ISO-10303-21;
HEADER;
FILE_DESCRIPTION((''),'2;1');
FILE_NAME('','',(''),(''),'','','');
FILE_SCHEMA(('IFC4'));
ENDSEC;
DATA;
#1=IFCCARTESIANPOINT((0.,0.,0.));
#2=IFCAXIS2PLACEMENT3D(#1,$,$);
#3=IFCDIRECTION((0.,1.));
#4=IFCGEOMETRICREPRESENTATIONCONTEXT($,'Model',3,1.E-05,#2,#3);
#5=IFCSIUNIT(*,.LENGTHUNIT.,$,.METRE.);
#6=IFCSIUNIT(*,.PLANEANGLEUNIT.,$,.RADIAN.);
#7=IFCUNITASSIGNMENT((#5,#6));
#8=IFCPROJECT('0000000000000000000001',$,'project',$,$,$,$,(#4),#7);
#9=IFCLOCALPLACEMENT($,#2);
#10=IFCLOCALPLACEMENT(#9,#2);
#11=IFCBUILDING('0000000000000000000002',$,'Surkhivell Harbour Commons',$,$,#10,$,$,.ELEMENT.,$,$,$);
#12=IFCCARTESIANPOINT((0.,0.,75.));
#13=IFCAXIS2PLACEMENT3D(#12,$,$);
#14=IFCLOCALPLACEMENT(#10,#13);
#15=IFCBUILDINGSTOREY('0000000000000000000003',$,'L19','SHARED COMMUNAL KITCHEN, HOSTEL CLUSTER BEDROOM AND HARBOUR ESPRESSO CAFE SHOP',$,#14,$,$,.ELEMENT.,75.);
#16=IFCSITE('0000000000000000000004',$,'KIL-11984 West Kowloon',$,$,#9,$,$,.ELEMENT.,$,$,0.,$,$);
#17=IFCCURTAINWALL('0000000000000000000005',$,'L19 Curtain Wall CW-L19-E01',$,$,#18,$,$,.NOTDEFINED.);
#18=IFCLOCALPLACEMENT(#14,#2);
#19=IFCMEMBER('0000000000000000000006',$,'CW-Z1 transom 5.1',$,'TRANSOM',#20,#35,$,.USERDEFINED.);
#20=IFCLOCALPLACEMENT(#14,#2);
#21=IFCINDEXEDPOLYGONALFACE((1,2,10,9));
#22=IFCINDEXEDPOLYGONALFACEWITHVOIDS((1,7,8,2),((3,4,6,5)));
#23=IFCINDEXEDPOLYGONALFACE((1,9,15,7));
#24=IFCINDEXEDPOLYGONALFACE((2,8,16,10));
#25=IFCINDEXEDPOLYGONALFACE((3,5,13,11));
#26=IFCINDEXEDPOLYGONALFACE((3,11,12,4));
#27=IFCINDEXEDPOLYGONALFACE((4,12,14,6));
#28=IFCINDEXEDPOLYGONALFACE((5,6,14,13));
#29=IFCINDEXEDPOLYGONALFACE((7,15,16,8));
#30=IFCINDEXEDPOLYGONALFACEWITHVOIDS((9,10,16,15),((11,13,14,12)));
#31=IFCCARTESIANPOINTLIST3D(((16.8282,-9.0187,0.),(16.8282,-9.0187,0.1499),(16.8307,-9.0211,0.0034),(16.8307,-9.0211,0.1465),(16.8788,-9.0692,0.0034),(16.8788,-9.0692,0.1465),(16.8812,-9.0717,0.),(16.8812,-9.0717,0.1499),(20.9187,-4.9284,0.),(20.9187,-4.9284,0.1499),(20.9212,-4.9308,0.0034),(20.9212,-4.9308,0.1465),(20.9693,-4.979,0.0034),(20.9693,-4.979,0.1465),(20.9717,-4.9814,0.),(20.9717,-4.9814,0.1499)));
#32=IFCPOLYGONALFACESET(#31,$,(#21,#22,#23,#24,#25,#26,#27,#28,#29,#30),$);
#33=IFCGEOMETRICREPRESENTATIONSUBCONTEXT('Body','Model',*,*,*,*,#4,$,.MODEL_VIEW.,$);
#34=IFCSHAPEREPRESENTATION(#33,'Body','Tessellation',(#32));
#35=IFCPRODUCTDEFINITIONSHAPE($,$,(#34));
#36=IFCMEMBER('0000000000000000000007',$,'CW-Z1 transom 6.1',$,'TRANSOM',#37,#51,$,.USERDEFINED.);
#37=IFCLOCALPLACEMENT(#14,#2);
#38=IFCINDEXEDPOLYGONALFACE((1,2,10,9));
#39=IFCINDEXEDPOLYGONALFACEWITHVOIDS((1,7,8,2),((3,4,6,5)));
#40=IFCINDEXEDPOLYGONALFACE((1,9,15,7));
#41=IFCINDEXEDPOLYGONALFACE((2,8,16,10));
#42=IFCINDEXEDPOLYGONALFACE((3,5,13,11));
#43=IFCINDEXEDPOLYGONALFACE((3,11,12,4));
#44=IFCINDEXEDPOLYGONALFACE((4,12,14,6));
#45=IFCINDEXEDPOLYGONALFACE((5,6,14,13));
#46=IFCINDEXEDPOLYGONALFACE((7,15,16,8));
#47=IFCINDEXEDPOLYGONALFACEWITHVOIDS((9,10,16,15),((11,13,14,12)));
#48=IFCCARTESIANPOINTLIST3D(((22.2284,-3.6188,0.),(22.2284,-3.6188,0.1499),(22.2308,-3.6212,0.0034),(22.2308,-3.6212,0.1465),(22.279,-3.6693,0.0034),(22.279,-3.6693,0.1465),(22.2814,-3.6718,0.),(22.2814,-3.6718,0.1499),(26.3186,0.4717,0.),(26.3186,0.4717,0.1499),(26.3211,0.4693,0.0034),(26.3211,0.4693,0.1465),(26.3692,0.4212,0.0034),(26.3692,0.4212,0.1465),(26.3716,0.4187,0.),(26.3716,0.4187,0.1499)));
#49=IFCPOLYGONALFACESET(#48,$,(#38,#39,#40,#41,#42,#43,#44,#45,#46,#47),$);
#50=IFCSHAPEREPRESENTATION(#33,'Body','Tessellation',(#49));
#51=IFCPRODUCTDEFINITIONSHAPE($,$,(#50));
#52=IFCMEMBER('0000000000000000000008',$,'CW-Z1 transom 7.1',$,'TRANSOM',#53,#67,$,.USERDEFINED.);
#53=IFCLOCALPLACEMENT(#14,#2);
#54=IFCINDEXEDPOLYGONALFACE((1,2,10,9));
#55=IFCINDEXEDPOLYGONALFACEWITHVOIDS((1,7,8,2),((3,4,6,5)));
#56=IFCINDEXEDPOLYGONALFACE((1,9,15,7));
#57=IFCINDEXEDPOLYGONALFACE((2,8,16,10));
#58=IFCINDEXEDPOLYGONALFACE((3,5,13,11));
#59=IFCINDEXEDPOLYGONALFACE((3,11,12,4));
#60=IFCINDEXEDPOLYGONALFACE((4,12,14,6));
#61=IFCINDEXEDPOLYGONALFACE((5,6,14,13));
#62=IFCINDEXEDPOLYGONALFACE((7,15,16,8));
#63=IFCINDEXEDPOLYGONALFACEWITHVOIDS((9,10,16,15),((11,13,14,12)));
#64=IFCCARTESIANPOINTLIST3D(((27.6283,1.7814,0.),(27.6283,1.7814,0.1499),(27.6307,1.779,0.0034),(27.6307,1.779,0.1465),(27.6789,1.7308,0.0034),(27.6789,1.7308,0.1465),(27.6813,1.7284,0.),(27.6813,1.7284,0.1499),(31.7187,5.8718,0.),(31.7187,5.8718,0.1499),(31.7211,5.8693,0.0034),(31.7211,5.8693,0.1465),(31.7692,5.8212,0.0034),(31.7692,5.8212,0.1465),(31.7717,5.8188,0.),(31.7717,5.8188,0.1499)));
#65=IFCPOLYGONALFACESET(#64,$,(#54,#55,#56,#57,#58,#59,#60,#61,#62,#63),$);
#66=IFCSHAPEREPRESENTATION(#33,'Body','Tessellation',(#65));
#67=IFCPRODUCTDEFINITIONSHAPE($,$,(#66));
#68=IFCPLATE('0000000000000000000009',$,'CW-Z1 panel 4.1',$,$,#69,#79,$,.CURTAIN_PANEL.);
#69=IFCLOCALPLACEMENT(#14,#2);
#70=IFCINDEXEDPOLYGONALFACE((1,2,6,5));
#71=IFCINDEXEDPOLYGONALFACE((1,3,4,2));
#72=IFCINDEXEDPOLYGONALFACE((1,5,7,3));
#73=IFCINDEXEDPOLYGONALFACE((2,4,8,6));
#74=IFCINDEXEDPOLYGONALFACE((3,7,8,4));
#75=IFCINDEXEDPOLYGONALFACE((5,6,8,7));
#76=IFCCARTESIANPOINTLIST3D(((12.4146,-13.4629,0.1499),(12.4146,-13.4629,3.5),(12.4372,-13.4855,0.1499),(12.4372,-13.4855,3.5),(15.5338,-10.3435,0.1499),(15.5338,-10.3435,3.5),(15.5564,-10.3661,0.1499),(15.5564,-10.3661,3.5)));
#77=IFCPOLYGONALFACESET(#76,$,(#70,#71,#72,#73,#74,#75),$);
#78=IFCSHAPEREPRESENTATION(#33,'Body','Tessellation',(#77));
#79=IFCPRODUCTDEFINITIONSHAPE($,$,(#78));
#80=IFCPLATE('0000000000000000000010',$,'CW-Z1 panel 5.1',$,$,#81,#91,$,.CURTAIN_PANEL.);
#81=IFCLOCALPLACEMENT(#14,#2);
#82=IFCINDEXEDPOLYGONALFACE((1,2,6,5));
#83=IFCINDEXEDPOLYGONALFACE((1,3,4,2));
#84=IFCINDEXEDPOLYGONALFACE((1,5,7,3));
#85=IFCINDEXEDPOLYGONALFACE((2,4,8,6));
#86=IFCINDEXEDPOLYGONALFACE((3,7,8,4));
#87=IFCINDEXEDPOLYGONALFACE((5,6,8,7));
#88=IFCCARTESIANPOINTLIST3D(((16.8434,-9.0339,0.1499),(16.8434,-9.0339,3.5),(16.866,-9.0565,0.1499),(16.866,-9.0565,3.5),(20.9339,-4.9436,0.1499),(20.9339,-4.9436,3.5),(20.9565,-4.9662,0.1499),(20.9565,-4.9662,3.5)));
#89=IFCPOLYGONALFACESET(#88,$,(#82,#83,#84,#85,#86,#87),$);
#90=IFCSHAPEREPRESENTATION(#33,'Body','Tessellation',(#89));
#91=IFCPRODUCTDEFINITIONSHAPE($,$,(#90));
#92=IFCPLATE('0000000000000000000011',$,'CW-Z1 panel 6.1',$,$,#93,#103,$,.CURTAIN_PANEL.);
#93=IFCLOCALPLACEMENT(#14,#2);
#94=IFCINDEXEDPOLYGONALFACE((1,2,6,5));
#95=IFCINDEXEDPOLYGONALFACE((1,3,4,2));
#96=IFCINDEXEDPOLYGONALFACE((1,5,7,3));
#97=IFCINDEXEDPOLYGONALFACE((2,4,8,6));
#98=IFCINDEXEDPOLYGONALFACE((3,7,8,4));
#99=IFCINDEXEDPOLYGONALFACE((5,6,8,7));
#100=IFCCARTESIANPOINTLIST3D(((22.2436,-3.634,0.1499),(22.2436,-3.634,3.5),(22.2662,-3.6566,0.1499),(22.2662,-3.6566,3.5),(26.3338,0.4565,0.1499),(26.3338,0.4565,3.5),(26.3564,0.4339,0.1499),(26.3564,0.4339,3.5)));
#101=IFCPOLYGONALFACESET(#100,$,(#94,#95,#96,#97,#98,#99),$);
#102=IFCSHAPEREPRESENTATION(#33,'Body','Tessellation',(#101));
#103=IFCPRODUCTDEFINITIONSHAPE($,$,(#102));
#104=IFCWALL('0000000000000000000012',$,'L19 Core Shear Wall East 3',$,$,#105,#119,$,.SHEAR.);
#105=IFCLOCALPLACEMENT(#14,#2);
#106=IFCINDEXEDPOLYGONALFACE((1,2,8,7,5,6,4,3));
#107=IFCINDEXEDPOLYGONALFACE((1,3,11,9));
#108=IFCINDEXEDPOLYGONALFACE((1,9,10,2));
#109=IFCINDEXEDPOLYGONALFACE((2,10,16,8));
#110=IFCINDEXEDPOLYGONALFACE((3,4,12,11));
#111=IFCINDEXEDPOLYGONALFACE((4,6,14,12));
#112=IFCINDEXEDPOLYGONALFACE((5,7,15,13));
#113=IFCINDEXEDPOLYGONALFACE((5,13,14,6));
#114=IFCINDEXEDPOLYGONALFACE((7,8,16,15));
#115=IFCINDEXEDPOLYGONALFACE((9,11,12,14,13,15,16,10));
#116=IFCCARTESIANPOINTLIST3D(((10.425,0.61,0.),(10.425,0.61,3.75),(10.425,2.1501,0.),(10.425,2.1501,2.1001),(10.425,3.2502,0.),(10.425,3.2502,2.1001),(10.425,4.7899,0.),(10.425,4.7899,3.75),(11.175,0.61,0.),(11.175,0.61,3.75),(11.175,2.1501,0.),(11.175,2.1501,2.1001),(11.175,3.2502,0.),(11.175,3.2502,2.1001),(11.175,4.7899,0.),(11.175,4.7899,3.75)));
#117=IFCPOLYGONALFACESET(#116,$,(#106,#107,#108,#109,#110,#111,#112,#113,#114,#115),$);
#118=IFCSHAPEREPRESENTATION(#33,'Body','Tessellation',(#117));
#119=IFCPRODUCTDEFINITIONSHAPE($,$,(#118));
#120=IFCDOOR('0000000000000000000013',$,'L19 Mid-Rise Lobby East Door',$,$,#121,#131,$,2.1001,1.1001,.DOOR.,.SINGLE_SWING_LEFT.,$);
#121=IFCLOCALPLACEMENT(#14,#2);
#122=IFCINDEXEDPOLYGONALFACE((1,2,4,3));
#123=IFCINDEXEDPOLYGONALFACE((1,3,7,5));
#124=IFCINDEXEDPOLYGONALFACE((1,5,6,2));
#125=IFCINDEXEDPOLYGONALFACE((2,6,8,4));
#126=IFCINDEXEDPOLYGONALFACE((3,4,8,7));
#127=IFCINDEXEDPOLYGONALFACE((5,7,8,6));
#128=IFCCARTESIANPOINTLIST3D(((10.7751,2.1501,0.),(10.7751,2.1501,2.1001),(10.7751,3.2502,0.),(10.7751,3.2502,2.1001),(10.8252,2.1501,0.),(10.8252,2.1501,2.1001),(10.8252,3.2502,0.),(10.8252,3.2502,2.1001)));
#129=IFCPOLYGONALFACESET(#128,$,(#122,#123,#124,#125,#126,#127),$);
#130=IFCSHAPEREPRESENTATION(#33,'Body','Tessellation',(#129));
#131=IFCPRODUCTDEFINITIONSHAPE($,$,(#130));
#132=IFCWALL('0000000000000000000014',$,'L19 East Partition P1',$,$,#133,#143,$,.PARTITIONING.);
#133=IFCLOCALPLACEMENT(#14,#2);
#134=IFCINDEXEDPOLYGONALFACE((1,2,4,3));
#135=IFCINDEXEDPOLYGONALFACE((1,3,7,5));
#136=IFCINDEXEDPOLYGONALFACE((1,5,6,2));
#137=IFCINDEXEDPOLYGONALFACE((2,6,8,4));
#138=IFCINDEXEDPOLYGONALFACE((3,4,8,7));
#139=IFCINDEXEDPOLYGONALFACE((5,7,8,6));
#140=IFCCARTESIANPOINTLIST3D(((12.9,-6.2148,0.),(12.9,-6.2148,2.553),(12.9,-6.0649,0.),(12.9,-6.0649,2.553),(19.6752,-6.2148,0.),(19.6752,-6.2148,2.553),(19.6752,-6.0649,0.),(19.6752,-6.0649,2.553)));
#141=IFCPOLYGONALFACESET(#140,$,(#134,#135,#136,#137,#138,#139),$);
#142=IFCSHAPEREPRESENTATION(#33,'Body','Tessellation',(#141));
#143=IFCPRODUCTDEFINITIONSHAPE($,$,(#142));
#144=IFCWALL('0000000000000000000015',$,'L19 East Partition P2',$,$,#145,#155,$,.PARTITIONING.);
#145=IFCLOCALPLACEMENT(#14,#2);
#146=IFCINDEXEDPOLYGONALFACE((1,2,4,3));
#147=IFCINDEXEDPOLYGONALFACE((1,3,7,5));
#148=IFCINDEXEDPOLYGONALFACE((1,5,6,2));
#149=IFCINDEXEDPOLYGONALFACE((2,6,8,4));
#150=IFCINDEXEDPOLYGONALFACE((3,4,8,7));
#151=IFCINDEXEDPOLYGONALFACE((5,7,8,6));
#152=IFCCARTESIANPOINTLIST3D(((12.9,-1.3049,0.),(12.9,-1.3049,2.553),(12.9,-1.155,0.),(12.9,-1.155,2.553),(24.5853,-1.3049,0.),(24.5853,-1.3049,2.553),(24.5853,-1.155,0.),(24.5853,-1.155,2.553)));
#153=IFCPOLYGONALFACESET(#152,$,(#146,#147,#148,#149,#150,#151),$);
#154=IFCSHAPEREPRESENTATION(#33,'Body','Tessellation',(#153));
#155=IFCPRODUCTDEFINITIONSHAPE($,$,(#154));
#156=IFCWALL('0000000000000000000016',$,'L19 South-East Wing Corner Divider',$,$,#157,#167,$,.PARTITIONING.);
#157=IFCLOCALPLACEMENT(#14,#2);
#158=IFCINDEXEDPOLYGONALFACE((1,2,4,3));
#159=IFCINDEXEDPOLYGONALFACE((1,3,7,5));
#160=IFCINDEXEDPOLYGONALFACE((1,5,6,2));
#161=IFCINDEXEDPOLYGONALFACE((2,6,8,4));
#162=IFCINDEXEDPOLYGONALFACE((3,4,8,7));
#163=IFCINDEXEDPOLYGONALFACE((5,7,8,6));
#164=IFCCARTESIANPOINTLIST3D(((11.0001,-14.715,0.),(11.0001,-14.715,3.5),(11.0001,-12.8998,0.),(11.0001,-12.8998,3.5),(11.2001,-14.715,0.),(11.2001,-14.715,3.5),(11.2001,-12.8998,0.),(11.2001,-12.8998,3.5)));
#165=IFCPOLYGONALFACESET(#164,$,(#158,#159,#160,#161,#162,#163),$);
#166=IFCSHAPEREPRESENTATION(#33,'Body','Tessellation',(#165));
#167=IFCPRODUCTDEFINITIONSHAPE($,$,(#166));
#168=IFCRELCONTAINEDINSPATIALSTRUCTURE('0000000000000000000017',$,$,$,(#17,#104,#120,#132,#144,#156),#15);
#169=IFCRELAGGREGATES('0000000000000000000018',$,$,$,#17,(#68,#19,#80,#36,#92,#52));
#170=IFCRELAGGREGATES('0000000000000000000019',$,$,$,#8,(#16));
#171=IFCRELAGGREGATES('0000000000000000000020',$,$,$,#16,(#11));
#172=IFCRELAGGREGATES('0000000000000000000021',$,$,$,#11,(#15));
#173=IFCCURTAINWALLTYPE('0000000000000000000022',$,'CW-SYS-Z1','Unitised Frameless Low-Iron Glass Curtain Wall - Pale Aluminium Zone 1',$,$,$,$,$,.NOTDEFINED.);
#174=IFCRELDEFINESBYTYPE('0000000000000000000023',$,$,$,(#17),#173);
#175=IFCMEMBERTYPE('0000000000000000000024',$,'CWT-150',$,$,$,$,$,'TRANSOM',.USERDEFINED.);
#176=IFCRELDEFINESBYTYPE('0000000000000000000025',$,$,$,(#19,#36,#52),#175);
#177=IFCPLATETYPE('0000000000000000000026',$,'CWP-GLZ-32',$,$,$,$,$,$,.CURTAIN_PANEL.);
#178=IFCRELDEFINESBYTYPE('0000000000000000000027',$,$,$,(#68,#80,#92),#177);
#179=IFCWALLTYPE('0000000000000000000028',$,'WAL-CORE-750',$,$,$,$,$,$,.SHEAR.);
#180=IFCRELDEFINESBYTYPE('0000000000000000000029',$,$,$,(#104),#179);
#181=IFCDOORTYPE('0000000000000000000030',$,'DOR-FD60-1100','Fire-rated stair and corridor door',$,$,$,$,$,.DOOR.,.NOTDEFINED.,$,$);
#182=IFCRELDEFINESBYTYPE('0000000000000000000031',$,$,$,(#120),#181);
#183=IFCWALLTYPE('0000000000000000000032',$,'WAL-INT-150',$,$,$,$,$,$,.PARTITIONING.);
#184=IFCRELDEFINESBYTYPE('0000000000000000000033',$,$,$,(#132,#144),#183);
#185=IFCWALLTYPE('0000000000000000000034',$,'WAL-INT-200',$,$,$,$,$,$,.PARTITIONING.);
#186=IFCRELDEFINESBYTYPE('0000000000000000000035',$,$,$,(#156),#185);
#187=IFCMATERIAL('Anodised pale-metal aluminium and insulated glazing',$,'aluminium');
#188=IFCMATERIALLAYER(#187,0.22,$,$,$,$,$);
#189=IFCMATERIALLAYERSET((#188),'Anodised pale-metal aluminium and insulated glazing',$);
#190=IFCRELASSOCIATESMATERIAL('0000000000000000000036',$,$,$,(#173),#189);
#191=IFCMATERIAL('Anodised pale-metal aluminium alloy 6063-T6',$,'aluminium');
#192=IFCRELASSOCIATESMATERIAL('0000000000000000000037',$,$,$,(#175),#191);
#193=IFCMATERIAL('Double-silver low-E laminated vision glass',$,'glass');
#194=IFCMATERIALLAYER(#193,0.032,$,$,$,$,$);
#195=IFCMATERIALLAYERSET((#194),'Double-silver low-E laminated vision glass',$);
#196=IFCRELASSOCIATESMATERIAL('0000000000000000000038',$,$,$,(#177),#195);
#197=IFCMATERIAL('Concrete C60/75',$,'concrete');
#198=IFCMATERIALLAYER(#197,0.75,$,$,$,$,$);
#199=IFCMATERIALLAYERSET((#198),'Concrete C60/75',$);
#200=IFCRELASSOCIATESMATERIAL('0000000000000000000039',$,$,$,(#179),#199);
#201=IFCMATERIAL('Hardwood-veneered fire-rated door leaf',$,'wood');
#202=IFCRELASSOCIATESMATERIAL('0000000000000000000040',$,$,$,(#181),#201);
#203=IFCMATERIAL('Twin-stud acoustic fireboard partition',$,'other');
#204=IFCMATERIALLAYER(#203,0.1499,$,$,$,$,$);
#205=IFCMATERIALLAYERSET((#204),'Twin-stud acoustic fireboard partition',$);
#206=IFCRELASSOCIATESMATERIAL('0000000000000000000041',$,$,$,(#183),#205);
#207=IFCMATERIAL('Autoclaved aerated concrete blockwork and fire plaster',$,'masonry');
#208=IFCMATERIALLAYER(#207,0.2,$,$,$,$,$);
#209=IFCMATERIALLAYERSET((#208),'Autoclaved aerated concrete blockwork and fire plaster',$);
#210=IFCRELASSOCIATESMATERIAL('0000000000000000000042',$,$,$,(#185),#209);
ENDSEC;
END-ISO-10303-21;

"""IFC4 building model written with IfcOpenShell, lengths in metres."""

from ifc_helpers import new_model, si_unit, direction, frame, frame_2d, origin, origin_2d, place, context, subcontext, project, spatial, rectangle, hollow_rectangle, extrude, material, layer, layer_set, material_profile, profile_set, type_object, element, fill, aggregate, save


model = new_model("IFC4")

# Units and contexts
model_context = context("Model", 3, precision=1e-05, world=origin(), true_north=direction((0.0, 1.0)))
body_context = subcontext(model_context, "Body", "Model", "MODEL_VIEW")
ifc_project = project(units=[si_unit("LENGTHUNIT", "METRE"), si_unit("PLANEANGLEUNIT", "RADIAN")], contexts=[model_context])

# Site, building, storey
site_placement = place(None, origin())
site = spatial("IfcSite", under=ifc_project, at=site_placement, Name="KIL-11984 West Kowloon", CompositionType="ELEMENT", RefElevation=0.0)
building_placement = place(site_placement, origin())
building = spatial("IfcBuilding", under=site, at=building_placement, Name="Surkhivell Harbour Commons", CompositionType="ELEMENT")
storey_placement = place(building_placement, frame((0.0, 0.0, 75.0)))
storey = spatial("IfcBuildingStorey", under=building, at=storey_placement, Name="L19", Description="SHARED COMMUNAL KITCHEN, HOSTEL CLUSTER BEDROOM AND HARBOUR ESPRESSO CAFE SHOP", CompositionType="ELEMENT", Elevation=75.0)

# Curtain wall, members, plates
ifc_material_1 = material(Name="Anodised pale-metal aluminium and insulated glazing", Category="aluminium")
ifc_layer_1 = layer(ifc_material_1, 0.22)
ifc_layer_set_1 = layer_set([ifc_layer_1], Name="Anodised pale-metal aluminium and insulated glazing")
curtain_wall_type = type_object("IfcCurtainWallType", Name="CW-SYS-Z1", Description="Unitised Frameless Low-Iron Glass Curtain Wall - Pale Aluminium Zone 1", PredefinedType="NOTDEFINED", material=ifc_layer_set_1)
curtain_wall_placement = place(storey_placement, origin())
curtain_wall = element("IfcCurtainWall", 1, at=curtain_wall_placement, inside=storey, type_object=curtain_wall_type, Name="L19 Curtain Wall CW-L19-E01", PredefinedType="NOTDEFINED")
ifc_material_2 = material(Name="Anodised pale-metal aluminium alloy 6063-T6", Category="aluminium")
ifc_material_profile_1 = material_profile(ifc_material_2, hollow_rectangle(XDim=0.075, YDim=0.1499, WallThickness=0.0034, at=origin_2d()), Name="ALU-TRAN-75x150")
ifc_profile_set_1 = profile_set([ifc_material_profile_1], Name="Anodised pale-metal aluminium alloy 6063-T6")
member_type_1 = type_object("IfcMemberType", Name="CWT-150", ElementType="TRANSOM", PredefinedType="USERDEFINED", material=ifc_profile_set_1)
member_1_placement = place(storey_placement, frame((16.8547, -9.0452, 0.075), z_axis=(0.707128, 0.707086, 0.0), x_axis=(-0.707086, 0.707128, 0.0)))
member_1 = element("IfcMember", 2, at=member_1_placement, type_object=member_type_1, Name="CW-Z1 transom 5.1", ObjectType="TRANSOM", PredefinedType="USERDEFINED", context=body_context, shape_type="SweptSolid", body=[
    extrude(hollow_rectangle(XDim=0.075, YDim=0.1499, WallThickness=0.0034, at=origin_2d()), origin(), (0.0, 0.0, 1.0), 5.7847),
])
member_2_placement = place(storey_placement, frame((22.2549, -3.6453, 0.075), z_axis=(0.707086, 0.707128, 0.0), x_axis=(-0.707128, 0.707086, 0.0)))
member_2 = element("IfcMember", 3, at=member_2_placement, type_object=member_type_1, Name="CW-Z1 transom 6.1", ObjectType="TRANSOM", PredefinedType="USERDEFINED", context=body_context, shape_type="SweptSolid", body=[
    extrude(hollow_rectangle(XDim=0.075, YDim=0.1499, WallThickness=0.0034, at=origin_2d()), origin(), (0.0, 0.0, 1.0), 5.7847),
])
member_3_placement = place(storey_placement, frame((27.6548, 1.7549, 0.075), z_axis=(0.707107, 0.707107, 0.0), x_axis=(-0.707107, 0.707107, 0.0)))
member_3 = element("IfcMember", 4, at=member_3_placement, type_object=member_type_1, Name="CW-Z1 transom 7.1", ObjectType="TRANSOM", PredefinedType="USERDEFINED", context=body_context, shape_type="SweptSolid", body=[
    extrude(hollow_rectangle(XDim=0.075, YDim=0.1499, WallThickness=0.0034, at=origin_2d()), origin(), (0.0, 0.0, 1.0), 5.7847),
])
ifc_material_3 = material(Name="Double-silver low-E laminated vision glass", Category="glass")
ifc_layer_2 = layer(ifc_material_3, 0.032)
ifc_layer_set_2 = layer_set([ifc_layer_2], Name="Double-silver low-E laminated vision glass")
plate_type = type_object("IfcPlateType", Name="CWP-GLZ-32", PredefinedType="CURTAIN_PANEL", material=ifc_layer_set_2)
plate_1_placement = place(storey_placement, frame((12.426, -13.4741, 0.1499), z_axis=(0.0, 0.0, 1.0), x_axis=(0.707079, 0.707134, 0.0)))
plate_1 = element("IfcPlate", 5, at=plate_1_placement, type_object=plate_type, Name="CW-Z1 panel 4.1", PredefinedType="CURTAIN_PANEL", context=body_context, shape_type="SweptSolid", body=[
    extrude(rectangle(XDim=4.4114, YDim=0.032, at=frame_2d((2.2056, 0.0))), origin(), (0.0, 0.0, 1.0), 3.3501),
])
plate_2_placement = place(storey_placement, frame((16.8547, -9.0452, 0.1499), z_axis=(0.0, 0.0, 1.0), x_axis=(0.707128, 0.707086, 0.0)))
plate_2 = element("IfcPlate", 6, at=plate_2_placement, type_object=plate_type, Name="CW-Z1 panel 5.1", PredefinedType="CURTAIN_PANEL", context=body_context, shape_type="SweptSolid", body=[
    extrude(rectangle(XDim=5.7847, YDim=0.032, at=frame_2d((2.8923, 0.0))), origin(), (0.0, 0.0, 1.0), 3.3501),
])
plate_3_placement = place(storey_placement, frame((22.2549, -3.6453, 0.1499), z_axis=(0.0, 0.0, 1.0), x_axis=(0.707086, 0.707128, 0.0)))
plate_3 = element("IfcPlate", 7, at=plate_3_placement, type_object=plate_type, Name="CW-Z1 panel 6.1", PredefinedType="CURTAIN_PANEL", context=body_context, shape_type="SweptSolid", body=[
    extrude(rectangle(XDim=5.7847, YDim=0.032, at=frame_2d((2.8923, 0.0))), origin(), (0.0, 0.0, 1.0), 3.3501),
])
aggregate(curtain_wall, [plate_1, member_1, plate_2, member_2, plate_3, member_3])

# Wall, opening, door
ifc_material_4 = material(Name="Concrete C60/75", Category="concrete")
ifc_layer_3 = layer(ifc_material_4, 0.75)
ifc_layer_set_3 = layer_set([ifc_layer_3], Name="Concrete C60/75")
wall_type_1 = type_object("IfcWallType", Name="WAL-CORE-750", PredefinedType="SHEAR", material=ifc_layer_set_3)
wall_1_placement = place(storey_placement, frame((10.8, 0.6101, 0.0), z_axis=(0.0, 0.0, 1.0), x_axis=(0.0, 1.0, 0.0)))
wall_1 = element("IfcWall", 8, at=wall_1_placement, inside=storey, type_object=wall_type_1, Name="L19 Core Shear Wall East 3", PredefinedType="SHEAR", context=body_context, shape_type="SweptSolid", body=[
    extrude(rectangle(XDim=4.1799, YDim=0.75, at=frame_2d((2.0898, 0.0))), origin(), (0.0, 0.0, 1.0), 3.75),
])
opening_1_placement = place(wall_1_placement, frame((1.54, 0.0, 0.0)))
opening_1 = element("IfcOpeningElement", 9, at=opening_1_placement, cuts=wall_1, PredefinedType="OPENING", context=body_context, shape_type="SweptSolid", body=[
    extrude(rectangle(XDim=1.1001, YDim=2.1001, at=frame_2d((0.55, 1.05))), frame((0.0, 0.385, 0.0), z_axis=(0.0, -1.0, 0.0), x_axis=(1.0, 0.0, 0.0)), (0.0, 0.0, 1.0), 0.77),
])
ifc_material_5 = material(Name="Hardwood-veneered fire-rated door leaf", Category="wood")
door_type_1 = type_object("IfcDoorType", Name="DOR-FD60-1100", Description="Fire-rated stair and corridor door", OperationType="NOTDEFINED", PredefinedType="DOOR", material=ifc_material_5)
door_1_placement = place(opening_1_placement, origin())
door_1 = element("IfcDoor", 10, at=door_1_placement, inside=storey, type_object=door_type_1, Name="L19 Mid-Rise Lobby East Door", OperationType="SINGLE_SWING_LEFT", OverallHeight=2.1001, OverallWidth=1.1001, PredefinedType="DOOR", context=body_context, shape_type="SweptSolid", body=[
    extrude(rectangle(XDim=1.1001, YDim=2.1001, at=frame_2d((0.55, 1.05))), frame((0.0, 0.0249, 0.0), z_axis=(0.0, -1.0, 0.0), x_axis=(1.0, 0.0, 0.0)), (0.0, 0.0, 1.0), 0.05),
])
fill(opening_1, door_1)

# Walls
ifc_material_6 = material(Name="Twin-stud acoustic fireboard partition", Category="other")
ifc_layer_4 = layer(ifc_material_6, 0.1499)
ifc_layer_set_4 = layer_set([ifc_layer_4], Name="Twin-stud acoustic fireboard partition")
wall_type_2 = type_object("IfcWallType", Name="WAL-INT-150", PredefinedType="PARTITIONING", material=ifc_layer_set_4)
wall_2_placement = place(storey_placement, frame((12.8999, -6.1399, 0.0), z_axis=(0.0, 0.0, 1.0), x_axis=(1.0, 0.0, 0.0)))
element("IfcWall", 11, at=wall_2_placement, inside=storey, type_object=wall_type_2, Name="L19 East Partition P1", PredefinedType="PARTITIONING", context=body_context, shape_type="SweptSolid", body=[
    extrude(rectangle(XDim=6.7751, YDim=0.1499, at=frame_2d((3.3877, 0.0))), origin(), (0.0, 0.0, 1.0), 2.553),
])
wall_3_placement = place(storey_placement, frame((12.8999, -1.23, 0.0), z_axis=(0.0, 0.0, 1.0), x_axis=(1.0, 0.0, 0.0)))
element("IfcWall", 12, at=wall_3_placement, inside=storey, type_object=wall_type_2, Name="L19 East Partition P2", PredefinedType="PARTITIONING", context=body_context, shape_type="SweptSolid", body=[
    extrude(rectangle(XDim=11.6853, YDim=0.1499, at=frame_2d((5.8428, 0.0))), origin(), (0.0, 0.0, 1.0), 2.553),
])
ifc_material_7 = material(Name="Autoclaved aerated concrete blockwork and fire plaster", Category="masonry")
ifc_layer_5 = layer(ifc_material_7, 0.2)
ifc_layer_set_5 = layer_set([ifc_layer_5], Name="Autoclaved aerated concrete blockwork and fire plaster")
wall_type_3 = type_object("IfcWallType", Name="WAL-INT-200", PredefinedType="PARTITIONING", material=ifc_layer_set_5)
wall_4_placement = place(storey_placement, frame((11.1001, -14.7151, 0.0), z_axis=(0.0, 0.0, 1.0), x_axis=(0.0, 1.0, 0.0)))
element("IfcWall", 13, at=wall_4_placement, inside=storey, type_object=wall_type_3, Name="L19 South-East Wing Corner Divider", PredefinedType="PARTITIONING", context=body_context, shape_type="SweptSolid", body=[
    extrude(rectangle(XDim=1.8152, YDim=0.2, at=frame_2d((0.9077, 0.0))), origin(), (0.0, 0.0, 1.0), 3.5),
])

save(model, "model.ifc")
